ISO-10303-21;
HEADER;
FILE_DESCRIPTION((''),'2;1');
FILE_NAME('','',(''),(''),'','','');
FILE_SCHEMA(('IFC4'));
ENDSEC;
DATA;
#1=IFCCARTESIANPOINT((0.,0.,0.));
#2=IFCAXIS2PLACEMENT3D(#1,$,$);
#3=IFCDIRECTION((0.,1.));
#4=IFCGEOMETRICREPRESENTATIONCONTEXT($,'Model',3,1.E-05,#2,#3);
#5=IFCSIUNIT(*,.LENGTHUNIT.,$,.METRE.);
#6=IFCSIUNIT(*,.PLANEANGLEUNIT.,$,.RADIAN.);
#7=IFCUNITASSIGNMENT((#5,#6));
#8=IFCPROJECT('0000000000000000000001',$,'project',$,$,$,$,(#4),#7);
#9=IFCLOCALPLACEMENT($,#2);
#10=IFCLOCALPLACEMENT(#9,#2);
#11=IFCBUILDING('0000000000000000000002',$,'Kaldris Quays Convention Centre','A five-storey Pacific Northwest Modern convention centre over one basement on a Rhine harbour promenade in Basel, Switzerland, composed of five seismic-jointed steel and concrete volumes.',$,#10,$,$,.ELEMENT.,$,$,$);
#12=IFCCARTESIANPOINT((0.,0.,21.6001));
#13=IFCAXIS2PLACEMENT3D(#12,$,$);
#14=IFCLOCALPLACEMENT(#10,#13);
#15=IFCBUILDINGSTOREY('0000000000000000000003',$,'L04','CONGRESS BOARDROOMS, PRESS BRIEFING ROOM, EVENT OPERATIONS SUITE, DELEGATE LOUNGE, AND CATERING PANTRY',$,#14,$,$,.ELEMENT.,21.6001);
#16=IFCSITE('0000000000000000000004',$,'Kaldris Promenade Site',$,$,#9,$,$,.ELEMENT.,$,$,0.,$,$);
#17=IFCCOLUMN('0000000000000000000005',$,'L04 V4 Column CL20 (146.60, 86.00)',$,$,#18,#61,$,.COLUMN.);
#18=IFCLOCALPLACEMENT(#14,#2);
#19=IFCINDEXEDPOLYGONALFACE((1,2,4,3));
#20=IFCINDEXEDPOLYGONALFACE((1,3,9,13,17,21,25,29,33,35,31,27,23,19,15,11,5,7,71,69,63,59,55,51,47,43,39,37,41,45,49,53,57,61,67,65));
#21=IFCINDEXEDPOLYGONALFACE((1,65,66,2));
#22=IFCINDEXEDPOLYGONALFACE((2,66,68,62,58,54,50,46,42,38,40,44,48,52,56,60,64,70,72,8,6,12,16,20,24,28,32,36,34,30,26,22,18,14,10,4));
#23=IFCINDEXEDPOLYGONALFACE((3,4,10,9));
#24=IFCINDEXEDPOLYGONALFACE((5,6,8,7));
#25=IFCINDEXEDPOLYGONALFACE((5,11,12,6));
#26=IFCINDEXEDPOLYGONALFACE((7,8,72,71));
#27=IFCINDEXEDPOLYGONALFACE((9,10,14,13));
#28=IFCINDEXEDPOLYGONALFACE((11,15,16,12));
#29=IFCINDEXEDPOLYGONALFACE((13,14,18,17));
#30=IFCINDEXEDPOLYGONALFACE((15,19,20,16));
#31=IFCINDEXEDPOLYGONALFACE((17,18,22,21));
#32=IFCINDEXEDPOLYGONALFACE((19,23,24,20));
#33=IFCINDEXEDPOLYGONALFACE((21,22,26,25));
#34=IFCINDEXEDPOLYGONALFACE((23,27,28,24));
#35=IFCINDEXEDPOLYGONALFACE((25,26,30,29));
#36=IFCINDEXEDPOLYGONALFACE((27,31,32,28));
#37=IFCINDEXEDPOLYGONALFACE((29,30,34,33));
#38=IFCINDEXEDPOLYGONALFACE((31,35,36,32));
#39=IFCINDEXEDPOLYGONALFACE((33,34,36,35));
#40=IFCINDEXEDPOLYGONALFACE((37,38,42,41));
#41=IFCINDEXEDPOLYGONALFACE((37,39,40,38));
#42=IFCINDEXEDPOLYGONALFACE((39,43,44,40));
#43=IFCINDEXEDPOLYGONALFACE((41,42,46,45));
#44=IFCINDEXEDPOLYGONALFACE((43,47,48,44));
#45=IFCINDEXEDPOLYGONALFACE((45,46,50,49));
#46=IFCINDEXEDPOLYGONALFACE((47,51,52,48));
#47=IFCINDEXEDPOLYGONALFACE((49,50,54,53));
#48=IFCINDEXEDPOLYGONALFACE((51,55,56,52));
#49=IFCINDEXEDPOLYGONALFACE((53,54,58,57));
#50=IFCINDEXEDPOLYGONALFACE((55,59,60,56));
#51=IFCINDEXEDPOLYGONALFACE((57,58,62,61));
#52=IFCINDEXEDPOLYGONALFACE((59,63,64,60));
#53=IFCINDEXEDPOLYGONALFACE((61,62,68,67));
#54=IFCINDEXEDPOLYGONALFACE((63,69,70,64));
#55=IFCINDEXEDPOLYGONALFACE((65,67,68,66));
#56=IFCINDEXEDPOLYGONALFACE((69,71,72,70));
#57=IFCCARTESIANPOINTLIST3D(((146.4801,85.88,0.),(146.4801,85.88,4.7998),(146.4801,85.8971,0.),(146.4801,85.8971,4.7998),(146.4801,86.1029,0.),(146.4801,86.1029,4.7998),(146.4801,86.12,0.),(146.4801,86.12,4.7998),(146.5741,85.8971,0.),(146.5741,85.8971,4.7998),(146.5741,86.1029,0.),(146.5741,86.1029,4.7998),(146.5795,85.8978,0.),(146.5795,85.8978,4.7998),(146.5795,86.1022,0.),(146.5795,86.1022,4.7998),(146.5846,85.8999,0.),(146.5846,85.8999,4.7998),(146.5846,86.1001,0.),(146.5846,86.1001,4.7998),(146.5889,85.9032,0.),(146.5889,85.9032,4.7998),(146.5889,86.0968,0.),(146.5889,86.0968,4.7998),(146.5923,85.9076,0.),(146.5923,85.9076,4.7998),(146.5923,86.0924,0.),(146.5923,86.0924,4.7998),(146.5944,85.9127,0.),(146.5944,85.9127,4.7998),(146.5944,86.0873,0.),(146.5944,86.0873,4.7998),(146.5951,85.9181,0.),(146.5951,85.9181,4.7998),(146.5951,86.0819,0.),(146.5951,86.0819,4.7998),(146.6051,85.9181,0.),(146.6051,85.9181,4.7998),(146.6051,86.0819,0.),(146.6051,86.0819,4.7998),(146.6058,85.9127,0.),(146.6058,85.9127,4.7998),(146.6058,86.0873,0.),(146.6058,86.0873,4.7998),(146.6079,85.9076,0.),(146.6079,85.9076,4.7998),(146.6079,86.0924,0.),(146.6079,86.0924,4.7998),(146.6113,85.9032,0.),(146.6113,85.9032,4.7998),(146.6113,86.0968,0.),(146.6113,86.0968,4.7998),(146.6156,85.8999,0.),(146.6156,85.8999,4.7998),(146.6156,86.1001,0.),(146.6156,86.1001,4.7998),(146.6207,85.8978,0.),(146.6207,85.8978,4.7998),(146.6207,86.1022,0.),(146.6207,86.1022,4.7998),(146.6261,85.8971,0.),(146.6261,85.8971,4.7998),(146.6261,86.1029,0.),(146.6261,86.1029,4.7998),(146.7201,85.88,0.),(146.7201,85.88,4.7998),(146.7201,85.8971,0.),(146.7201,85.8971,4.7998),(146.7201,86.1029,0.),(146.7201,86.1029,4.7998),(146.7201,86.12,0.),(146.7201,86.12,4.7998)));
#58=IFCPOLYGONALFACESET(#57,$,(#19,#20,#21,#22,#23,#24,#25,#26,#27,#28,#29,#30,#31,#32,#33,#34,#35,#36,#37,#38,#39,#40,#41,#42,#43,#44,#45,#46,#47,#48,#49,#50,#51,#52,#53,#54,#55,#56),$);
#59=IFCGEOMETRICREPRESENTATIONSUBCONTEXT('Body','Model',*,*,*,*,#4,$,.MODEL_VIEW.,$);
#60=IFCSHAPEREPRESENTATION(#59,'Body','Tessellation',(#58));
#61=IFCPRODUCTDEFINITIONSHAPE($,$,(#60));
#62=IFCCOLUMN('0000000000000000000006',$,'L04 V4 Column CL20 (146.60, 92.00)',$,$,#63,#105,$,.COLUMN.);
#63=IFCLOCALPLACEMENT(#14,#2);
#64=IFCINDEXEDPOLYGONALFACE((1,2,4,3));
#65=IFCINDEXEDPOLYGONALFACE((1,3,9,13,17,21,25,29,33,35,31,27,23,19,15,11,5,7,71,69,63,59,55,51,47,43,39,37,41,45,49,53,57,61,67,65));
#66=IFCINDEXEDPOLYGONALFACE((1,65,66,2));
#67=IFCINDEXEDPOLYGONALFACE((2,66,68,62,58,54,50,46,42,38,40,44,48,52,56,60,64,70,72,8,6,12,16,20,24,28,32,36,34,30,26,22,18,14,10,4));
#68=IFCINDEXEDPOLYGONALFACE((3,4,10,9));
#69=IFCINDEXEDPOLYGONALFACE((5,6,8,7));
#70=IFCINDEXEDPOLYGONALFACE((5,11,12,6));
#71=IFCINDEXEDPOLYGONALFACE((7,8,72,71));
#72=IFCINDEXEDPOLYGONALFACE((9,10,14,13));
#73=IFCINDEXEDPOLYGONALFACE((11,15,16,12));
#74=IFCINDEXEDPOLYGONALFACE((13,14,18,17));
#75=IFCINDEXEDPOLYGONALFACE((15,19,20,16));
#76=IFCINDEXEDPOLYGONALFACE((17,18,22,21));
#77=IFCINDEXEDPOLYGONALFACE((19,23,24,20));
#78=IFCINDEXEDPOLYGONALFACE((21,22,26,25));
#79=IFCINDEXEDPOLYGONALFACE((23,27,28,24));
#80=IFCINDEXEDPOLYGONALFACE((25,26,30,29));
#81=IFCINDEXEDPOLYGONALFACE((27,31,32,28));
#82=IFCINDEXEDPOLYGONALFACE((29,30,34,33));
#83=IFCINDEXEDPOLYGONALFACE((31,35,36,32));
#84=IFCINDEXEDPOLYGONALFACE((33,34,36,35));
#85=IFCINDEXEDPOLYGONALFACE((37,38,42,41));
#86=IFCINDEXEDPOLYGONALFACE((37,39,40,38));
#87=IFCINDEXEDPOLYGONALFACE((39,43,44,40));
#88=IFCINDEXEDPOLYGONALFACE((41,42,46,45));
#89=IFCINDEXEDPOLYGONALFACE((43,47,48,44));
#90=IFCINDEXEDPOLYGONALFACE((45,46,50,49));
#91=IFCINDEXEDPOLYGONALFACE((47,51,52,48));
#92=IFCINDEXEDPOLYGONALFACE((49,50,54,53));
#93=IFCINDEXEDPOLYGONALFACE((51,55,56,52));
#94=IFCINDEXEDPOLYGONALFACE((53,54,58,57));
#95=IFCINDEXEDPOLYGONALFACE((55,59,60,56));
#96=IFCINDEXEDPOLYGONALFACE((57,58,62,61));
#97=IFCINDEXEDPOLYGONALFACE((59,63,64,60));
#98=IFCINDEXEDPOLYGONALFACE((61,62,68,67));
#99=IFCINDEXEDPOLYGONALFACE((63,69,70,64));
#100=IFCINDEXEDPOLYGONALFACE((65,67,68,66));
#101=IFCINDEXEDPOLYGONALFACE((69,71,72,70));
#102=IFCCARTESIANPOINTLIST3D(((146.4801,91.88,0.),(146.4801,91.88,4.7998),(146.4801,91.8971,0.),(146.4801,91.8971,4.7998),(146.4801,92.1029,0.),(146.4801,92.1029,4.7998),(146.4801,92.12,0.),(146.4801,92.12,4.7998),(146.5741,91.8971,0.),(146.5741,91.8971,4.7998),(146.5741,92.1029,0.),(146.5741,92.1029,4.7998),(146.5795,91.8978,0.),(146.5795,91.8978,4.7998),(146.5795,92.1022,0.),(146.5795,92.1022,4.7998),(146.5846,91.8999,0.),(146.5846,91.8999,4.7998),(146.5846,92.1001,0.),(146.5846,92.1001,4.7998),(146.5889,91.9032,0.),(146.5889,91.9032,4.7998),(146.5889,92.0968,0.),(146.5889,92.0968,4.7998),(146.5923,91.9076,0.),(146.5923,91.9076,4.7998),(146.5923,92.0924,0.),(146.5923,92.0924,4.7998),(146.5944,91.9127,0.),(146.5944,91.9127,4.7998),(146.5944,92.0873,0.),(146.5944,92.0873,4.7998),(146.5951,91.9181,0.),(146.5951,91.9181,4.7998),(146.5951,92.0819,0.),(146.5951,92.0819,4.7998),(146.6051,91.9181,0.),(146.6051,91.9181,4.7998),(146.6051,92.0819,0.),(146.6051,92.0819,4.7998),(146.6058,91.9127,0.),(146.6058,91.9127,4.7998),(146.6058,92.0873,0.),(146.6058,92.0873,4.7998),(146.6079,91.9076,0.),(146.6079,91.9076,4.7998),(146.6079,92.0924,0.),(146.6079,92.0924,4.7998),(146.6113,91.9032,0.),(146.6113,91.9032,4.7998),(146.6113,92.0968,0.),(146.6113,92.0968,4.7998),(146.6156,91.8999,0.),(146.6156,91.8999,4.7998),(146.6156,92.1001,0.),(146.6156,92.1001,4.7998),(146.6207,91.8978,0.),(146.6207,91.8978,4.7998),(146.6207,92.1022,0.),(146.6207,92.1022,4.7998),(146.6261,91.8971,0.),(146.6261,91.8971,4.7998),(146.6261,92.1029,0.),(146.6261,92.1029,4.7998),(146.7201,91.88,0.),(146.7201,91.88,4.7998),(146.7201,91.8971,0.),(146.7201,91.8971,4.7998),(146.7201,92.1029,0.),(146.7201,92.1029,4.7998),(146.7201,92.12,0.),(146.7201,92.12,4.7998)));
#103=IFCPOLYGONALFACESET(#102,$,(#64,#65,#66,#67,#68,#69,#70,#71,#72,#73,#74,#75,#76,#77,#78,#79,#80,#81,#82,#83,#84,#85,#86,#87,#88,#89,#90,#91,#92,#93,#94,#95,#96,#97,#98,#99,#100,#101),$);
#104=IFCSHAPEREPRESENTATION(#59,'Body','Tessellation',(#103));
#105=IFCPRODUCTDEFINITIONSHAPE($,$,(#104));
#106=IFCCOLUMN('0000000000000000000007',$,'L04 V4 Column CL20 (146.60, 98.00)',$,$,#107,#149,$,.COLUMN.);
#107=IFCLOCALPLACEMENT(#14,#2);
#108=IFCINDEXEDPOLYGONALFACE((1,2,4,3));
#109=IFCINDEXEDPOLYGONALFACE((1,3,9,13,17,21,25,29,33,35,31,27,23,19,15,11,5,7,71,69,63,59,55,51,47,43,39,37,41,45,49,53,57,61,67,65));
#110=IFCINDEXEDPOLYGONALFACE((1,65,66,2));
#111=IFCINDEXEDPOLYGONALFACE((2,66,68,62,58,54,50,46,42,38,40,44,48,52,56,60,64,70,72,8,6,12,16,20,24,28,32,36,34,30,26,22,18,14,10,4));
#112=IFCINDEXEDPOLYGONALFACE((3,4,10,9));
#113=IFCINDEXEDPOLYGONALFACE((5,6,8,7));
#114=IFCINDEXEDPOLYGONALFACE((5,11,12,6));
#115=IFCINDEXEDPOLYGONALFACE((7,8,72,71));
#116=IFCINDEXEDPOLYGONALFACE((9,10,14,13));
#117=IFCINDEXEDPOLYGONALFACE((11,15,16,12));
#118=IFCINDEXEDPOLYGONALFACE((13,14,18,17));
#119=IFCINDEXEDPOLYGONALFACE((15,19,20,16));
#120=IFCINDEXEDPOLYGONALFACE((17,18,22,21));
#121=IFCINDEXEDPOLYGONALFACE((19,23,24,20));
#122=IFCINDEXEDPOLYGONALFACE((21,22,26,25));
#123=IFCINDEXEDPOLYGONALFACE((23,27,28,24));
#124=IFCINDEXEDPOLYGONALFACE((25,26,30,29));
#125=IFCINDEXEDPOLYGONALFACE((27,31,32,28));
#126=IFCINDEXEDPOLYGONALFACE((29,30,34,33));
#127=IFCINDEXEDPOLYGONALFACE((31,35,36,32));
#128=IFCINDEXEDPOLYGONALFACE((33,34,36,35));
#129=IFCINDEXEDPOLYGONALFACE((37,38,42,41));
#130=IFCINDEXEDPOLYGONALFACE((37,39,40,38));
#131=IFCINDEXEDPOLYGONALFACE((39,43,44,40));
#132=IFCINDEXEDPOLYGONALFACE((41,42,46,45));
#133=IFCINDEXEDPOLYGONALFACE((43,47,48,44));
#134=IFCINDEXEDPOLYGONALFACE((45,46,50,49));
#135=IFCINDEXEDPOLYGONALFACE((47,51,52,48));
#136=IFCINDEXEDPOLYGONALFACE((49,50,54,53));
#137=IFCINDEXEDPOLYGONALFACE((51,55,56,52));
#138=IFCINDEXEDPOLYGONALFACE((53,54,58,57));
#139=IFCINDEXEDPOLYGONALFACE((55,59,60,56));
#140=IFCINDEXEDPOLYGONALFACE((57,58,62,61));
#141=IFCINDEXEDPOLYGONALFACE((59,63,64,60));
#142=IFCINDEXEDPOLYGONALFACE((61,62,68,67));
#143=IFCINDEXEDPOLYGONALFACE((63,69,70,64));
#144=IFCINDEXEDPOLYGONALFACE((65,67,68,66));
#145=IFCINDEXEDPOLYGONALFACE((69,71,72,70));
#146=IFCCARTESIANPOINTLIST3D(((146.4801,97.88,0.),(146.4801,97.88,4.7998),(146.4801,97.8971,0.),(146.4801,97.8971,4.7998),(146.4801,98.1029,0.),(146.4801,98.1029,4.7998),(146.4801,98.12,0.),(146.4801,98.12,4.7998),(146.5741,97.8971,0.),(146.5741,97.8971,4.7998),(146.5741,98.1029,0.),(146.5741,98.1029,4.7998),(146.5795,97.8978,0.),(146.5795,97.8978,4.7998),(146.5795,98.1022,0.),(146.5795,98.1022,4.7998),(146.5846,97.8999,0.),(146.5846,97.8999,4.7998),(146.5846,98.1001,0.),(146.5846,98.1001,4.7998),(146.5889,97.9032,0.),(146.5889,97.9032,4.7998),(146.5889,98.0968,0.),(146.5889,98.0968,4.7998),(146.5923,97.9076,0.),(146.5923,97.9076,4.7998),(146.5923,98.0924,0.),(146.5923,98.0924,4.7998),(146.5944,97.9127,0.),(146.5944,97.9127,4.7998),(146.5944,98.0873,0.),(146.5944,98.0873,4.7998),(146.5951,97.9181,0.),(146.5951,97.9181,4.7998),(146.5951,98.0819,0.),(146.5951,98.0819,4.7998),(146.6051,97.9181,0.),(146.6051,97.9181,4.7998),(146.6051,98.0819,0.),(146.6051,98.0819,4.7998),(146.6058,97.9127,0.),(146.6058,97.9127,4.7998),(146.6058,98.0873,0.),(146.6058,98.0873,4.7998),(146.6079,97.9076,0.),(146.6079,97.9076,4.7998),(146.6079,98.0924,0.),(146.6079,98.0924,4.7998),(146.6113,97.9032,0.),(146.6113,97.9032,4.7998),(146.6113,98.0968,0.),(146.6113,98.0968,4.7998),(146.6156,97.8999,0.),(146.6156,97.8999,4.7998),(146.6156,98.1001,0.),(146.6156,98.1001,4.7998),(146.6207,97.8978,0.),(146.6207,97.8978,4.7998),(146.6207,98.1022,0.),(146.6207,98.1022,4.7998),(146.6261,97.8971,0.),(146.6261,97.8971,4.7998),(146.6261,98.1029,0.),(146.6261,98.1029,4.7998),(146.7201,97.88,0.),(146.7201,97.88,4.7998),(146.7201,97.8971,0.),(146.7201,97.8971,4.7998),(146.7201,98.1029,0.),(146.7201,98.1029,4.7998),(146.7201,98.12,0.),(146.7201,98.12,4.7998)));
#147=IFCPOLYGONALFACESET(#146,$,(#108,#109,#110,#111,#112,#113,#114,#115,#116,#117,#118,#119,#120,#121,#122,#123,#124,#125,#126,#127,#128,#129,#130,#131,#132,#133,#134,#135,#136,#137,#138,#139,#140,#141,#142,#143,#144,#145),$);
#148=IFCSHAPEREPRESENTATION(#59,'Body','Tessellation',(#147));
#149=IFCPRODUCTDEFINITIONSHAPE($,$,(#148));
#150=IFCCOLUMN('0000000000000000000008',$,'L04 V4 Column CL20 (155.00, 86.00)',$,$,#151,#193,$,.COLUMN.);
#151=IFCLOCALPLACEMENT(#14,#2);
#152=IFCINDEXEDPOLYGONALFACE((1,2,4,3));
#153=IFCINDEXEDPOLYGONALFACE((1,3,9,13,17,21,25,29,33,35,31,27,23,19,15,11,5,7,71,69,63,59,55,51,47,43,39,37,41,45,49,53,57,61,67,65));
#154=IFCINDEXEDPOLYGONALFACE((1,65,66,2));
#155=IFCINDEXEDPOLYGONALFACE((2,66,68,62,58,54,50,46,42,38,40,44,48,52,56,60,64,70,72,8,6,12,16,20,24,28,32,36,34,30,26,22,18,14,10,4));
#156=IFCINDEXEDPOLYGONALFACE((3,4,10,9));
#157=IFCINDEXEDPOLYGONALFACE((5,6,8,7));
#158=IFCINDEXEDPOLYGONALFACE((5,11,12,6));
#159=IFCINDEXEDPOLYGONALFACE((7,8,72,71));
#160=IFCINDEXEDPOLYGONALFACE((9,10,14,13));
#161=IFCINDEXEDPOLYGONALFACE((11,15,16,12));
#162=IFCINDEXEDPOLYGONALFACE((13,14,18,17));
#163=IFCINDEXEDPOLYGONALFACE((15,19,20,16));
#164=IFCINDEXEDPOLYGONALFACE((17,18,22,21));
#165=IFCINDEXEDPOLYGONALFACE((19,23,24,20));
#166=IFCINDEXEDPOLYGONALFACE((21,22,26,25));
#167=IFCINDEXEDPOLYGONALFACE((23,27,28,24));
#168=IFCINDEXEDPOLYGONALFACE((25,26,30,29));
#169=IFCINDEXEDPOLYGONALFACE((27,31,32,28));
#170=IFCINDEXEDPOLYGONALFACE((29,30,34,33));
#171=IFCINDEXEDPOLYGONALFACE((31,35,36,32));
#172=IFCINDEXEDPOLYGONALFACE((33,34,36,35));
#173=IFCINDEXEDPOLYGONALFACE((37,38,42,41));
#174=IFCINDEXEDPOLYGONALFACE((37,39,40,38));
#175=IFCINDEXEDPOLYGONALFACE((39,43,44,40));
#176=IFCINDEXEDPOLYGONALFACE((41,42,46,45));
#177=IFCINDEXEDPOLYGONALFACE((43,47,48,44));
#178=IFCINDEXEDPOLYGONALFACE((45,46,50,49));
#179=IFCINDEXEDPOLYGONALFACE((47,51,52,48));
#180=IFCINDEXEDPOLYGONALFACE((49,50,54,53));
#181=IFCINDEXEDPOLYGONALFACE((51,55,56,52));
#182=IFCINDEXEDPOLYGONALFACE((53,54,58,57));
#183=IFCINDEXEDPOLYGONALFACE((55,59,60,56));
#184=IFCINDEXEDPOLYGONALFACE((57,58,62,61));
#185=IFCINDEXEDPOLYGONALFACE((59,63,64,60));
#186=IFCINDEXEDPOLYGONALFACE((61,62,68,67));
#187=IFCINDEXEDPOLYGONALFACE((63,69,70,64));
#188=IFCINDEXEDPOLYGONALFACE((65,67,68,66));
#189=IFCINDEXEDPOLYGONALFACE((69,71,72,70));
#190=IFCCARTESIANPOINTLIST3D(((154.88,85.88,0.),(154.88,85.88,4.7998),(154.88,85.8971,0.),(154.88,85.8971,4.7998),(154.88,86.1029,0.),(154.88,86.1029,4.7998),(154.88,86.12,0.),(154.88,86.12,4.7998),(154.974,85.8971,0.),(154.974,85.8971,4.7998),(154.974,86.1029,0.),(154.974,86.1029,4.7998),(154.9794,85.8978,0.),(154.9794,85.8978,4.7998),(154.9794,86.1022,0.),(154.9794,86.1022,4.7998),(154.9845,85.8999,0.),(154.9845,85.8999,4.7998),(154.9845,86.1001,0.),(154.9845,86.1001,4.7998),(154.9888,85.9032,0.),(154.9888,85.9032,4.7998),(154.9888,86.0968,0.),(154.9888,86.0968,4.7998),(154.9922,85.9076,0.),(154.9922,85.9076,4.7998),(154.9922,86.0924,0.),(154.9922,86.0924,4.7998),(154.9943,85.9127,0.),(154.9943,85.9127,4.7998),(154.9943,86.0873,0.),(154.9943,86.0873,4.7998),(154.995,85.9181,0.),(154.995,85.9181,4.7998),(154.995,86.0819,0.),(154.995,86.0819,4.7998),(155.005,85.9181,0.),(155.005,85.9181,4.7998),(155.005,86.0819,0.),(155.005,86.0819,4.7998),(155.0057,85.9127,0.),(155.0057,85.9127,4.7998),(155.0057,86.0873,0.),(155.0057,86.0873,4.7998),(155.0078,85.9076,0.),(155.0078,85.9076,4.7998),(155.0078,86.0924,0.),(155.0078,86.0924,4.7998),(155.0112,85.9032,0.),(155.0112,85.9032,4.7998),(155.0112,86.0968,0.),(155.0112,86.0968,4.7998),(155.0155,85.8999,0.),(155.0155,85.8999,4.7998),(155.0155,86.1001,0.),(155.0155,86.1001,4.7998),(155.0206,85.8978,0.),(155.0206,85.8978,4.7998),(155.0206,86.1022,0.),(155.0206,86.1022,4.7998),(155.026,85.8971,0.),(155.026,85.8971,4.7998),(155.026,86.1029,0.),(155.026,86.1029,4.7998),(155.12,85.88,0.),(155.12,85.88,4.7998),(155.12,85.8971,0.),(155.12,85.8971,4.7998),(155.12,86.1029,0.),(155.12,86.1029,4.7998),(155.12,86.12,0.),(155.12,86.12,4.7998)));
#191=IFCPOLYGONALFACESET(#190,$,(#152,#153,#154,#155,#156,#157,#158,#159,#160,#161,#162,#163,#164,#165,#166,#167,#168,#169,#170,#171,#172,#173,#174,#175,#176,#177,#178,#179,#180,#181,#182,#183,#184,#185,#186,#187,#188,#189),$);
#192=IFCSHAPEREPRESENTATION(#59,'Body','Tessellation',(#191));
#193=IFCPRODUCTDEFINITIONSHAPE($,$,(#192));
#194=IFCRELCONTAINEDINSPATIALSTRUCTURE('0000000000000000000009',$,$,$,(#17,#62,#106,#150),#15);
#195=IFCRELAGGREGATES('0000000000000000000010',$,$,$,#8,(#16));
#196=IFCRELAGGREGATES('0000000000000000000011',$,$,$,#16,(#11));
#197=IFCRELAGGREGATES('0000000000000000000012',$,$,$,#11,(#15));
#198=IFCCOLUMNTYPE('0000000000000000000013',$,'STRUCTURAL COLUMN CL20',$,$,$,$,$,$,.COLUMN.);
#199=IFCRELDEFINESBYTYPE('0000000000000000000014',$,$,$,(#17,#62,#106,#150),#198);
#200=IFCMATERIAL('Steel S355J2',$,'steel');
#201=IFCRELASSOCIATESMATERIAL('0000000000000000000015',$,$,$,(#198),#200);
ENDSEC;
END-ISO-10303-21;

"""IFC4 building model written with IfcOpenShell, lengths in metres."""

from ifc_helpers import new_model, si_unit, direction, frame, origin, origin_2d, place, context, subcontext, project, spatial, i_section, extrude, material, material_profile, profile_set, type_object, element, save


model = new_model("IFC4")

# Units and contexts
model_context = context("Model", 3, precision=1e-05, world=origin(), true_north=direction((0.0, 1.0)))
body_context = subcontext(model_context, "Body", "Model", "MODEL_VIEW")
ifc_project = project(units=[si_unit("LENGTHUNIT", "METRE"), si_unit("PLANEANGLEUNIT", "RADIAN")], contexts=[model_context])

# Site, building, storey
site_placement = place(None, origin())
site = spatial("IfcSite", under=ifc_project, at=site_placement, Name="Kaldris Promenade Site", CompositionType="ELEMENT", RefElevation=0.0)
building_placement = place(site_placement, origin())
building = spatial("IfcBuilding", under=site, at=building_placement, Name="Kaldris Quays Convention Centre", Description="A five-storey Pacific Northwest Modern convention centre over one basement on a Rhine harbour promenade in Basel, Switzerland, composed of five seismic-jointed steel and concrete volumes.", CompositionType="ELEMENT")
storey_placement = place(building_placement, frame((0.0, 0.0, 21.6001)))
storey = spatial("IfcBuildingStorey", under=building, at=storey_placement, Name="L04", Description="CONGRESS BOARDROOMS, PRESS BRIEFING ROOM, EVENT OPERATIONS SUITE, DELEGATE LOUNGE, AND CATERING PANTRY", CompositionType="ELEMENT", Elevation=21.6001)

# Columns
ifc_material_1 = material(Name="Steel S355J2", Category="steel")
ifc_material_profile_1 = material_profile(ifc_material_1, i_section(OverallWidth=0.24, OverallDepth=0.24, WebThickness=0.01, FlangeThickness=0.0171, FilletRadius=0.021, at=origin_2d()), Name="HEB 240")
ifc_profile_set_1 = profile_set([ifc_material_profile_1], Name="Steel S355J2")
column_type = type_object("IfcColumnType", Name="STRUCTURAL COLUMN CL20", PredefinedType="COLUMN", material=ifc_profile_set_1)
for number, where, z_axis, x_axis, name in (
    (1, (146.6001, 86.0, 0.0), (0.0, 0.0, 1.0), (1.0, 0.0, 0.0), "L04 V4 Column CL20 (146.60, 86.00)"),
    (2, (146.6001, 92.0, 0.0), (0.0, 0.0, 1.0), (1.0, 0.0, 0.0), "L04 V4 Column CL20 (146.60, 92.00)"),
    (3, (146.6001, 98.0, 0.0), (0.0, 0.0, 1.0), (1.0, 0.0, 0.0), "L04 V4 Column CL20 (146.60, 98.00)"),
    (4, (155.0, 86.0, 0.0), (0.0, 0.0, 1.0), (1.0, 0.0, 0.0), "L04 V4 Column CL20 (155.00, 86.00)"),
):
    element("IfcColumn", number, at=place(storey_placement, frame(where, z_axis=z_axis, x_axis=x_axis)), inside=storey, type_object=column_type, Name=name, PredefinedType="COLUMN", context=body_context, shape_type="SweptSolid", body=[
        extrude(i_section(OverallWidth=0.24, OverallDepth=0.24, WebThickness=0.01, FlangeThickness=0.0171, FilletRadius=0.021, at=origin_2d()), origin(), (0.0, 0.0, 1.0), 4.7998),
    ])

save(model, "model.ifc")
